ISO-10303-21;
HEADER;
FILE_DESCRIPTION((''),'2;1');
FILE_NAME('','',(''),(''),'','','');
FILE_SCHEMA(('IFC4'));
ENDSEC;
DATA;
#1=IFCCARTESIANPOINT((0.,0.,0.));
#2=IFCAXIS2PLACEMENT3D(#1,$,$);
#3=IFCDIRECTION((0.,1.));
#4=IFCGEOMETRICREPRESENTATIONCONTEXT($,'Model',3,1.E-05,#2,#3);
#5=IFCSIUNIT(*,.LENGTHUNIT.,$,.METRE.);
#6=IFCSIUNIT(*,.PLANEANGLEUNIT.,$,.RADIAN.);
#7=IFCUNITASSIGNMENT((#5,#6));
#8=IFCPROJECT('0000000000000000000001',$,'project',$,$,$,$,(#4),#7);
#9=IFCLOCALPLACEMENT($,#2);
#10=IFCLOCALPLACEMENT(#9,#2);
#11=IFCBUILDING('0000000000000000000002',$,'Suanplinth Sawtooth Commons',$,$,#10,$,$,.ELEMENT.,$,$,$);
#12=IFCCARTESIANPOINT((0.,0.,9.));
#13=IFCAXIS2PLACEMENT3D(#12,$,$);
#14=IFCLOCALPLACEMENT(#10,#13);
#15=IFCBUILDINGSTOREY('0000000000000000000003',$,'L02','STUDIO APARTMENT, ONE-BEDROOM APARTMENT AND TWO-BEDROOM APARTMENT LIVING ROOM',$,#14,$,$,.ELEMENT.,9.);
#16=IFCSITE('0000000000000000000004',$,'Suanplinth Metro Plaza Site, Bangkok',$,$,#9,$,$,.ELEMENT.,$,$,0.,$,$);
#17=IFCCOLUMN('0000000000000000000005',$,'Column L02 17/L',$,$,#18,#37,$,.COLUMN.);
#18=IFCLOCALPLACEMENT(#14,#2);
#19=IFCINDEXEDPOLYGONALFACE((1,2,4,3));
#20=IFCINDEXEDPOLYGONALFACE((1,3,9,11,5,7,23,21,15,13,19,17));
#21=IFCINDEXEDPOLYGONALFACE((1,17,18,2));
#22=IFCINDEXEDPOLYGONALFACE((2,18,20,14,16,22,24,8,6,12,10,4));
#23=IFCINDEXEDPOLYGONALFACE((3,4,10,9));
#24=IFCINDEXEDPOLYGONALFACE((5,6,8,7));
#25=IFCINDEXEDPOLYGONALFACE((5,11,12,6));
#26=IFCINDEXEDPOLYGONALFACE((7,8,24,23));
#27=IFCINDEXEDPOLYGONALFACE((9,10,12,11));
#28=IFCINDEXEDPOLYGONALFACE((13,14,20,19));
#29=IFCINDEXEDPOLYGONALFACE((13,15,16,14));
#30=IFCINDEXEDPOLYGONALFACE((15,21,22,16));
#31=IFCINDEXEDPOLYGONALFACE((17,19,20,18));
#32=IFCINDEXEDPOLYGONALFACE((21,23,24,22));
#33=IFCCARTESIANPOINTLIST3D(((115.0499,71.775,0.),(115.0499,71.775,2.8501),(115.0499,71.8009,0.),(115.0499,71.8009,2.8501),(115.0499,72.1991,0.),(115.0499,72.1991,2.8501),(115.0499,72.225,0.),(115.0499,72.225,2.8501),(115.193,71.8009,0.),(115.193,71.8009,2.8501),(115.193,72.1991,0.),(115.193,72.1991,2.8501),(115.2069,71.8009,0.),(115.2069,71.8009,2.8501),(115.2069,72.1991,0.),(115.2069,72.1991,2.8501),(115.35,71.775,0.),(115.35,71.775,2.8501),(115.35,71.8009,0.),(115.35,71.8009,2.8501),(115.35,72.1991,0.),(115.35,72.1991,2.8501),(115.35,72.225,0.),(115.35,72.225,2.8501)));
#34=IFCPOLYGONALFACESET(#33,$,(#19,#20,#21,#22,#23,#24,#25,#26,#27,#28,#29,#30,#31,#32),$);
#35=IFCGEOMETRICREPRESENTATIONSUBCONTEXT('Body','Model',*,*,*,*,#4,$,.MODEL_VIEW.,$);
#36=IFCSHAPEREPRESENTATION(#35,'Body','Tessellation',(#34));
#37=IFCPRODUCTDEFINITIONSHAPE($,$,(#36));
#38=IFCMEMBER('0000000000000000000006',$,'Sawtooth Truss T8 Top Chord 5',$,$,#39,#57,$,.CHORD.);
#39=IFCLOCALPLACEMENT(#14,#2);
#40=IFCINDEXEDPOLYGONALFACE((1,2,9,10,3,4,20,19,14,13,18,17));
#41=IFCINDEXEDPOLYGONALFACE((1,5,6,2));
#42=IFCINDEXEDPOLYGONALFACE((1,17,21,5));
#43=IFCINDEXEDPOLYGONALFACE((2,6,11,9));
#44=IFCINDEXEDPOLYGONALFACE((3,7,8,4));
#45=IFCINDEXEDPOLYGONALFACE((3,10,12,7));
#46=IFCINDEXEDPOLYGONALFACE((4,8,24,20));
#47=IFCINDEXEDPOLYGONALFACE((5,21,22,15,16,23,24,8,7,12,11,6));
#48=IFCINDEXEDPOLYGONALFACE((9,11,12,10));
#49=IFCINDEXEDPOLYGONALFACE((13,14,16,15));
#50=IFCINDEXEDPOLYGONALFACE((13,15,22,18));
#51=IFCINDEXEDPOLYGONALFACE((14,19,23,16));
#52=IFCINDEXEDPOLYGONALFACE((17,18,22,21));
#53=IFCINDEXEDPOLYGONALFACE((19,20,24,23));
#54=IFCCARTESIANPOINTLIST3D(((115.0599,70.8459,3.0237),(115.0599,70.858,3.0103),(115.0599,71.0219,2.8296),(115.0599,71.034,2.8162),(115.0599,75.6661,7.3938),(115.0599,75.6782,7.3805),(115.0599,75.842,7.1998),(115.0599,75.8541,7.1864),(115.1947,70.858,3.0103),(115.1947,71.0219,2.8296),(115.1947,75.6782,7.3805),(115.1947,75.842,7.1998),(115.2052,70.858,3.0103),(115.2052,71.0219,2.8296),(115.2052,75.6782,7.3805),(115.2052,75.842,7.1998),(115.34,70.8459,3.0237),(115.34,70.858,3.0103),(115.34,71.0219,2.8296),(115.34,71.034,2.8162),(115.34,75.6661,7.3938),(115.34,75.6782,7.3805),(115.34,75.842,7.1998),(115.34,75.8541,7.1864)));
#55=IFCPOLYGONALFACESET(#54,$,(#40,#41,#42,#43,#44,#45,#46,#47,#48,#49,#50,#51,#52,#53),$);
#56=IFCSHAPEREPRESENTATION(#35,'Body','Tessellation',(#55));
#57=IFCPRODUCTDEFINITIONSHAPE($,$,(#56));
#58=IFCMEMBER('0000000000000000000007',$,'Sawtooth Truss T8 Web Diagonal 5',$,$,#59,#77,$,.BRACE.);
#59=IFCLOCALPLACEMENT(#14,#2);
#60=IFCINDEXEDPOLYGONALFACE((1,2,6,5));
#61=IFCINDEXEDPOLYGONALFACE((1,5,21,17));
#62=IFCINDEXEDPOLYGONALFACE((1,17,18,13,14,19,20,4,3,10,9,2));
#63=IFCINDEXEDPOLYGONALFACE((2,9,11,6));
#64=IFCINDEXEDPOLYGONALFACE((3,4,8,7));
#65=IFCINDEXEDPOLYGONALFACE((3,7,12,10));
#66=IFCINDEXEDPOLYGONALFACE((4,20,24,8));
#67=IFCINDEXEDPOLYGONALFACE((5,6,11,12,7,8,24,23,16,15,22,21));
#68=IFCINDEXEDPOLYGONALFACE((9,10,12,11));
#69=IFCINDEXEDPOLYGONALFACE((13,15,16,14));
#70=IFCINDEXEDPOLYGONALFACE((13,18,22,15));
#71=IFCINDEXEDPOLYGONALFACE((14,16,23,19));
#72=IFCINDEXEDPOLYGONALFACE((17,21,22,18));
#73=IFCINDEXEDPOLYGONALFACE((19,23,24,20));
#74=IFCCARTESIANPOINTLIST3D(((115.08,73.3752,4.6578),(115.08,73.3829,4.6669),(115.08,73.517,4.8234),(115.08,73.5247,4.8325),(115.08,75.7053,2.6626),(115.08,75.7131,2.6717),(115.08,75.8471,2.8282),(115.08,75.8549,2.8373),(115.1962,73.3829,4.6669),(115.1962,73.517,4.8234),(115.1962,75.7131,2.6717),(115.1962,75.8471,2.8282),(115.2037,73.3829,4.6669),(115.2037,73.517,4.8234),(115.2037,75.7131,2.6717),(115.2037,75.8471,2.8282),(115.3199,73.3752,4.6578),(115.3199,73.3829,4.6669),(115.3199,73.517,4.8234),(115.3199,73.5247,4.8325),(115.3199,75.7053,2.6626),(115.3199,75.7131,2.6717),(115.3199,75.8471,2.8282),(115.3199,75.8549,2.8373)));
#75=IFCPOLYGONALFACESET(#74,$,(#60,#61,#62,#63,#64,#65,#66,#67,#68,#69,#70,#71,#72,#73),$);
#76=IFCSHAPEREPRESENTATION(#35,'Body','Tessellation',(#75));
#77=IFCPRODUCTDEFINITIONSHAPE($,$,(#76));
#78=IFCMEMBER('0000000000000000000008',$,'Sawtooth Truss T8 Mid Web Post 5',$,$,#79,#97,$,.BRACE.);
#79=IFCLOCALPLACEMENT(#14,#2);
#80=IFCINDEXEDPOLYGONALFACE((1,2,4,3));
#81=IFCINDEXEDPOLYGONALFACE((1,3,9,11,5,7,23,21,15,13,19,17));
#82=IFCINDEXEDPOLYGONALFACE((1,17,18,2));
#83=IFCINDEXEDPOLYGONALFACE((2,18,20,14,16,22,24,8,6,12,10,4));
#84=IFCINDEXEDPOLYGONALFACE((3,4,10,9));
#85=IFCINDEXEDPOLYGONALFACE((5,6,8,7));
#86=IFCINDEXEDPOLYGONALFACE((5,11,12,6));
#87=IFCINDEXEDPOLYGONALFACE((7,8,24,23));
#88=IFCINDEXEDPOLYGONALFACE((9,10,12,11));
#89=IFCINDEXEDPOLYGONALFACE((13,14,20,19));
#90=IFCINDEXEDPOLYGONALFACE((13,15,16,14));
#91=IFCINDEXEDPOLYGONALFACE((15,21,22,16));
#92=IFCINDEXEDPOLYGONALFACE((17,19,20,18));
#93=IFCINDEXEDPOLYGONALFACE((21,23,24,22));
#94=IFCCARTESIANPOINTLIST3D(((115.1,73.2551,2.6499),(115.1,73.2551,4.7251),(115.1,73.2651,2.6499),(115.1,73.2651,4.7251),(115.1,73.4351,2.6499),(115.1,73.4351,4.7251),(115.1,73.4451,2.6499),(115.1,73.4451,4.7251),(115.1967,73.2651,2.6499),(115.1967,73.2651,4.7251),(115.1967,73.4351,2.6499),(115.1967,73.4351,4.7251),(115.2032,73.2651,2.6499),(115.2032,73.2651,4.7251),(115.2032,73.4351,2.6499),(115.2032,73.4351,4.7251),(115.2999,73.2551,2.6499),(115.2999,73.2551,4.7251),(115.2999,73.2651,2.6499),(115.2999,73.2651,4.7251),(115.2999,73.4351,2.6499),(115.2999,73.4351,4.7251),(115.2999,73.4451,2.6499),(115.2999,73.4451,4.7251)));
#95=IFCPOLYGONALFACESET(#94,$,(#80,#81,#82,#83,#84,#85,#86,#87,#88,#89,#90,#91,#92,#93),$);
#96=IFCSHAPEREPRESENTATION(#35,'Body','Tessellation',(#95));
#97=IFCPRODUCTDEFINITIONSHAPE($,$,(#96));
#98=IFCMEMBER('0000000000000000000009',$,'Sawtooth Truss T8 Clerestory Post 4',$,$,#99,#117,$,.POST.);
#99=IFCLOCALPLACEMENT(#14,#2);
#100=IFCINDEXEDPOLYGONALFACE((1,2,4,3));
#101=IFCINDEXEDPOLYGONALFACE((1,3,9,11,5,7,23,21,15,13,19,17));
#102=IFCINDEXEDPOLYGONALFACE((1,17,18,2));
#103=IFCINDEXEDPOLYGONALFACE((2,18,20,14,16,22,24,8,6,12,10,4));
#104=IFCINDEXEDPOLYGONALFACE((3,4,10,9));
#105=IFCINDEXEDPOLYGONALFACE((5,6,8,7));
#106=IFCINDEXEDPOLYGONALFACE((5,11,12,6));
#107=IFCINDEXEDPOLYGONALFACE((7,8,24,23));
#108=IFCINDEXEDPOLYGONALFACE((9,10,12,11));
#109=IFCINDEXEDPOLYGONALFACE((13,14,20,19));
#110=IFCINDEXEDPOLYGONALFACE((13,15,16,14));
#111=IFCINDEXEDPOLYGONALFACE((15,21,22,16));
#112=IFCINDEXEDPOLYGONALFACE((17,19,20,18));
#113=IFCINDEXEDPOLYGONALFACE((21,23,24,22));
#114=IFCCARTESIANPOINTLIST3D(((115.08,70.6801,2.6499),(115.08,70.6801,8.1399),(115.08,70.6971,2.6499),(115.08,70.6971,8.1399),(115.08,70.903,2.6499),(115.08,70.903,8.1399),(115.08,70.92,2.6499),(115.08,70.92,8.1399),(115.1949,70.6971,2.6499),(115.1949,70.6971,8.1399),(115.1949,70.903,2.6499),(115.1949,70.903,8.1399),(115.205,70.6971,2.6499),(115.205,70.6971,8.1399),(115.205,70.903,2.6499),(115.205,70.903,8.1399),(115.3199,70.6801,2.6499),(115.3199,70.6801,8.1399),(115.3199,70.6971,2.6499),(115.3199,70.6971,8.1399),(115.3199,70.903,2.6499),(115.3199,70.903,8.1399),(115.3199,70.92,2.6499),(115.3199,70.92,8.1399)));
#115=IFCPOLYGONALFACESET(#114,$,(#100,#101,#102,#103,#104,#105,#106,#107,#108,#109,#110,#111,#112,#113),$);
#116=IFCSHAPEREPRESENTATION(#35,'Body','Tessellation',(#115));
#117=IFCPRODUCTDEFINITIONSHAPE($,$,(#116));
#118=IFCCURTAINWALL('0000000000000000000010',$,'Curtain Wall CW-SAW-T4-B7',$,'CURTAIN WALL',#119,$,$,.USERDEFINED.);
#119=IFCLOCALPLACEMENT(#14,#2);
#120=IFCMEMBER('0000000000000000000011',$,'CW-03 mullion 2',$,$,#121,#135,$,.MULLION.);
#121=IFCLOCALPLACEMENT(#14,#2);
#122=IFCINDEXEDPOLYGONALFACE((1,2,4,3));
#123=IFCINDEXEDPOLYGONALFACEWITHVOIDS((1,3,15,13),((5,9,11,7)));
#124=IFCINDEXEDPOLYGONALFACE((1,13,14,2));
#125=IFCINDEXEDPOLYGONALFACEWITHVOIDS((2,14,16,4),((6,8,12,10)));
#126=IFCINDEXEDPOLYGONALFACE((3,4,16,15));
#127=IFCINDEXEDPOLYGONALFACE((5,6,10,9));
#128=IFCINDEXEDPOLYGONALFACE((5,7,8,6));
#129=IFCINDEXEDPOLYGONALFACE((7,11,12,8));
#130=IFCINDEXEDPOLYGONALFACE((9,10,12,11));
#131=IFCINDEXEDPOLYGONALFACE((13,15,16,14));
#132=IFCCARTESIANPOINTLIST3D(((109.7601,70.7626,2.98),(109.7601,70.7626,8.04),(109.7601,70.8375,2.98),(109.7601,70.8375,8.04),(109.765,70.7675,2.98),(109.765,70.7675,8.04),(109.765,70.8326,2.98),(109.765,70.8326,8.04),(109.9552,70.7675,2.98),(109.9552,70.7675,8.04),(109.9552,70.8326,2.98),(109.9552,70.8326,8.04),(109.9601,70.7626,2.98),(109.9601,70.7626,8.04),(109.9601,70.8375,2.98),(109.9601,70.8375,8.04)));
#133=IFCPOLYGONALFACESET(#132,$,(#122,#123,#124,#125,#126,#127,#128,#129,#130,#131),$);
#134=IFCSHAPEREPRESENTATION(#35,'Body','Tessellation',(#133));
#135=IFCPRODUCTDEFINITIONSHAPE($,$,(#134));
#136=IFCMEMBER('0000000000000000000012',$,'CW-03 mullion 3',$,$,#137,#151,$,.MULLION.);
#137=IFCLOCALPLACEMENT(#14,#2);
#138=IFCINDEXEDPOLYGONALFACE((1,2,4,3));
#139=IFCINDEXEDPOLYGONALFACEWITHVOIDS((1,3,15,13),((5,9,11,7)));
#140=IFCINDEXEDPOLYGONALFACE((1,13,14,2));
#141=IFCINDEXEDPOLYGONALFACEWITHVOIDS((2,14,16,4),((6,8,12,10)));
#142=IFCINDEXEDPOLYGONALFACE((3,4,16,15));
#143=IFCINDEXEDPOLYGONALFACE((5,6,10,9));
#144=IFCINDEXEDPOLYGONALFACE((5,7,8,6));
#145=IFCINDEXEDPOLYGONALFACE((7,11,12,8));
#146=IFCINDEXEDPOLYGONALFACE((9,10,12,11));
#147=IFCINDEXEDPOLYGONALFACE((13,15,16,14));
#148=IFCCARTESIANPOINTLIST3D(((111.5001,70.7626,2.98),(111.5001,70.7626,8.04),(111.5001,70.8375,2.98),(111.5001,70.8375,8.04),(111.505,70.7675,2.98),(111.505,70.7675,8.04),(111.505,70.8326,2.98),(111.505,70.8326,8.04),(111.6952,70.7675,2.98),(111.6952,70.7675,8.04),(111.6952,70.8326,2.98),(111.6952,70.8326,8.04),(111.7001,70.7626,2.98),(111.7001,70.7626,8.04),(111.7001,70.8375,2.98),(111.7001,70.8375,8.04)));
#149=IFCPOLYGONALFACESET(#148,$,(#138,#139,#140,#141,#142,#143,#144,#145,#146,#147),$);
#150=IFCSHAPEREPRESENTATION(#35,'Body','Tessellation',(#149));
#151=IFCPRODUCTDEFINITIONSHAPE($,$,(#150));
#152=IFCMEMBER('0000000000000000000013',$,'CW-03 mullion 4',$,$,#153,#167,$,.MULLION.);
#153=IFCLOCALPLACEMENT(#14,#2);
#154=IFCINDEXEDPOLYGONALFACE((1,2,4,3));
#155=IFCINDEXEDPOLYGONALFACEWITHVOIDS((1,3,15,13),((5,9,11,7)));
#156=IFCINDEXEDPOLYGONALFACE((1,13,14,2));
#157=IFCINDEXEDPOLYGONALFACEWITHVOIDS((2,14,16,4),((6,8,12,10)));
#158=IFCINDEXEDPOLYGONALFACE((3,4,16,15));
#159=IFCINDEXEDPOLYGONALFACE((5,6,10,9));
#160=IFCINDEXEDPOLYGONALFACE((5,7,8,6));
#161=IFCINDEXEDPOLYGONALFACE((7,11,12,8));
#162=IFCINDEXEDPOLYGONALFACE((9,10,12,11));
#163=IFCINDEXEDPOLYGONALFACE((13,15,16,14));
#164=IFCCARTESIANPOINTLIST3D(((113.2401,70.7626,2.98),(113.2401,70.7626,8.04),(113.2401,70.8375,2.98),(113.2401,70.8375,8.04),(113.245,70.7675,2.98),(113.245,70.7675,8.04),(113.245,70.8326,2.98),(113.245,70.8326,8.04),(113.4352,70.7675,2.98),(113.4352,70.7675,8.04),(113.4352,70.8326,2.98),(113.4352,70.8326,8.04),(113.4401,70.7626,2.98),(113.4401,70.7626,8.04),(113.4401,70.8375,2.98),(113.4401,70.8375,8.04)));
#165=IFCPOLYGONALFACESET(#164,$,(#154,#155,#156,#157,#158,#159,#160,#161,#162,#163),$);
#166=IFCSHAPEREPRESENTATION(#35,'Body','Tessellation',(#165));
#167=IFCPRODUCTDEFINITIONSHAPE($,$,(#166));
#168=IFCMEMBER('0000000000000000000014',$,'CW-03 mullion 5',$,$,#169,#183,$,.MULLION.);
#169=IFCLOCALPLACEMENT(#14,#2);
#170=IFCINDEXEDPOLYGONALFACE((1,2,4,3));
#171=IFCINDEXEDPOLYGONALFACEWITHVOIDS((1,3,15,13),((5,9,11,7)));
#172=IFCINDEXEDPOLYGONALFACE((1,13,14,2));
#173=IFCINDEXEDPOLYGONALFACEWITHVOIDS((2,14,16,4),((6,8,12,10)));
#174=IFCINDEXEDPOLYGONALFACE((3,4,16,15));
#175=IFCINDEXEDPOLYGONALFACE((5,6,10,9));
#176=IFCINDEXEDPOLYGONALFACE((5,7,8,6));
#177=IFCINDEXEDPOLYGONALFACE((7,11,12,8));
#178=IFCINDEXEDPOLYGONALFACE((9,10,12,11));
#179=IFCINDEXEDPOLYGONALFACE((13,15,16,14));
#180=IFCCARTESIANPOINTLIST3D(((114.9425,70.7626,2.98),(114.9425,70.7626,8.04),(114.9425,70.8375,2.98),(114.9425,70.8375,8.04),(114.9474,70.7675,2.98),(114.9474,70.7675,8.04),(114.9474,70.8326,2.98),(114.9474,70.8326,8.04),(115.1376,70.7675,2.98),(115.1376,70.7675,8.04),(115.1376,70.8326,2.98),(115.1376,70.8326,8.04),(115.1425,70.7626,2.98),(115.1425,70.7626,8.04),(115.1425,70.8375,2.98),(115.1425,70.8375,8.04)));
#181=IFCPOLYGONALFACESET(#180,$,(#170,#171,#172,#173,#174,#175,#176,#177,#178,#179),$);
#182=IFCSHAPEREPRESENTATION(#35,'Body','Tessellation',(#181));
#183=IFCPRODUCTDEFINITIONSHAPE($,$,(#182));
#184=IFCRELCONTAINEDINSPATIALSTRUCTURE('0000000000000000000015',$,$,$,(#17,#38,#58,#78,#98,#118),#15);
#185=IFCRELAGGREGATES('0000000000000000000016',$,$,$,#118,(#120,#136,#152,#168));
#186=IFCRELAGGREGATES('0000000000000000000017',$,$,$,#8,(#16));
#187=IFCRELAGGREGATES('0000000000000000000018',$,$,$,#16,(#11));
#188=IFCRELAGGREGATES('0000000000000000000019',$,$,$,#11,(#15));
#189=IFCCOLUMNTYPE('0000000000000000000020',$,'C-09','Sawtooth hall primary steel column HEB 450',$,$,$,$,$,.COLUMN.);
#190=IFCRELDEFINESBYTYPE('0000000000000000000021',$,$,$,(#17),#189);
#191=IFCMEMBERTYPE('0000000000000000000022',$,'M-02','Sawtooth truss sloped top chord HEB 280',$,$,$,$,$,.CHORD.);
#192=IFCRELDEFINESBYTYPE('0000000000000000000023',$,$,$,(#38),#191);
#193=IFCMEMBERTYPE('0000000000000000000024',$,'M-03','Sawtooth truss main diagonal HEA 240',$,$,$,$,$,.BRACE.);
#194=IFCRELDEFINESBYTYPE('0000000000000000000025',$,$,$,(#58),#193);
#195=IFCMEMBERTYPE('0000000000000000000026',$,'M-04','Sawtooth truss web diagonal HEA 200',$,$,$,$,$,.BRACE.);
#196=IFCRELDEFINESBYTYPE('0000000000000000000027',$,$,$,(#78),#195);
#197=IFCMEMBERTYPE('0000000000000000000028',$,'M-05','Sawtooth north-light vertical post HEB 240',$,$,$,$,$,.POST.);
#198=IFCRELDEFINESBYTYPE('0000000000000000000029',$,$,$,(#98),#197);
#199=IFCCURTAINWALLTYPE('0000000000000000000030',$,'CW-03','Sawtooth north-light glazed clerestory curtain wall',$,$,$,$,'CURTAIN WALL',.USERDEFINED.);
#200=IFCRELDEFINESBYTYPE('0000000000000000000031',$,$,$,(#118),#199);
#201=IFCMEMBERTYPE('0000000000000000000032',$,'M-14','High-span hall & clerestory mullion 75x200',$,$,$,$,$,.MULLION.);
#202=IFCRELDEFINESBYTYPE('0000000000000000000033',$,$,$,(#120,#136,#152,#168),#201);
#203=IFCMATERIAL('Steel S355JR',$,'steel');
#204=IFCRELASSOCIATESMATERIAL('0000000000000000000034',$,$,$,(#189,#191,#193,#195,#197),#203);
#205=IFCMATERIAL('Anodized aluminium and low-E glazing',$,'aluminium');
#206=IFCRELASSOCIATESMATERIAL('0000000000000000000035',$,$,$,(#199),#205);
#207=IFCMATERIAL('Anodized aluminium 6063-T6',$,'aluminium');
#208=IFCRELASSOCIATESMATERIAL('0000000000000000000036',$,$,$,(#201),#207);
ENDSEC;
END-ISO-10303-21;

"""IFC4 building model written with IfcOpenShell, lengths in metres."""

from ifc_helpers import new_model, si_unit, direction, frame, origin, origin_2d, place, context, subcontext, project, spatial, hollow_rectangle, i_section, extrude, material, material_profile, profile_set, type_object, element, aggregate, save


model = new_model("IFC4")

# Units and contexts
model_context = context("Model", 3, precision=1e-05, world=origin(), true_north=direction((0.0, 1.0)))
body_context = subcontext(model_context, "Body", "Model", "MODEL_VIEW")
ifc_project = project(units=[si_unit("LENGTHUNIT", "METRE"), si_unit("PLANEANGLEUNIT", "RADIAN")], contexts=[model_context])

# Site, building, storey
site_placement = place(None, origin())
site = spatial("IfcSite", under=ifc_project, at=site_placement, Name="Suanplinth Metro Plaza Site, Bangkok", CompositionType="ELEMENT", RefElevation=0.0)
building_placement = place(site_placement, origin())
building = spatial("IfcBuilding", under=site, at=building_placement, Name="Suanplinth Sawtooth Commons", CompositionType="ELEMENT")
storey_placement = place(building_placement, frame((0.0, 0.0, 9.0)))
storey = spatial("IfcBuildingStorey", under=building, at=storey_placement, Name="L02", Description="STUDIO APARTMENT, ONE-BEDROOM APARTMENT AND TWO-BEDROOM APARTMENT LIVING ROOM", CompositionType="ELEMENT", Elevation=9.0)

# Column
ifc_material_1 = material(Name="Steel S355JR", Category="steel")
ifc_material_profile_1 = material_profile(ifc_material_1, i_section(OverallWidth=0.3, OverallDepth=0.45, WebThickness=0.0139, FlangeThickness=0.0259, at=origin_2d()), Name="HEB 450")
ifc_profile_set_1 = profile_set([ifc_material_profile_1], Name="Steel S355JR")
column_type = type_object("IfcColumnType", Name="C-09", Description="Sawtooth hall primary steel column HEB 450", PredefinedType="COLUMN", material=ifc_profile_set_1)
column_placement = place(storey_placement, frame((115.2, 72.0, 0.0), z_axis=(0.0, 0.0, 1.0), x_axis=(1.0, 0.0, 0.0)))
element("IfcColumn", 1, at=column_placement, inside=storey, type_object=column_type, Name="Column L02 17/L", PredefinedType="COLUMN", context=body_context, shape_type="SweptSolid", body=[
    extrude(i_section(OverallWidth=0.3, OverallDepth=0.45, WebThickness=0.0139, FlangeThickness=0.0259, at=origin_2d()), origin(), (0.0, 0.0, 1.0), 2.8501),
])

# Members
ifc_material_profile_2 = material_profile(ifc_material_1, i_section(OverallWidth=0.28, OverallDepth=0.28, WebThickness=0.0105, FlangeThickness=0.0181, at=origin_2d()), Name="HEB 280")
ifc_profile_set_2 = profile_set([ifc_material_profile_2], Name="Steel S355JR")
member_type_1 = type_object("IfcMemberType", Name="M-02", Description="Sawtooth truss sloped top chord HEB 280", PredefinedType="CHORD", material=ifc_profile_set_2)
member_1_placement = place(storey_placement, frame((115.2, 70.9399, 2.9199), z_axis=(0.0, 0.740839, 0.671682), x_axis=(-1.0, 0.0, 0.0)))
element("IfcMember", 2, at=member_1_placement, inside=storey, type_object=member_type_1, Name="Sawtooth Truss T8 Top Chord 5", PredefinedType="CHORD", context=body_context, shape_type="SweptSolid", body=[
    extrude(i_section(OverallWidth=0.28, OverallDepth=0.28, WebThickness=0.0105, FlangeThickness=0.0181, at=origin_2d()), origin(), (0.0, 0.0, 1.0), 6.5063),
])
ifc_material_profile_3 = material_profile(ifc_material_1, i_section(OverallWidth=0.24, OverallDepth=0.23, WebThickness=0.0076, FlangeThickness=0.012, at=origin_2d()), Name="HEA 240")
ifc_profile_set_3 = profile_set([ifc_material_profile_3], Name="Steel S355JR")
member_type_2 = type_object("IfcMemberType", Name="M-03", Description="Sawtooth truss main diagonal HEA 240", PredefinedType="BRACE", material=ifc_profile_set_3)
member_2_placement = place(storey_placement, frame((115.2, 73.45, 4.7451), z_axis=(0.0, 0.759594, -0.650398), x_axis=(-1.0, 0.0, 0.0)))
element("IfcMember", 3, at=member_2_placement, inside=storey, type_object=member_type_2, Name="Sawtooth Truss T8 Web Diagonal 5", PredefinedType="BRACE", context=body_context, shape_type="SweptSolid", body=[
    extrude(i_section(OverallWidth=0.24, OverallDepth=0.23, WebThickness=0.0076, FlangeThickness=0.012, at=origin_2d()), origin(), (0.0, 0.0, 1.0), 3.0676),
])
ifc_material_profile_4 = material_profile(ifc_material_1, i_section(OverallWidth=0.2, OverallDepth=0.1899, WebThickness=0.0066, FlangeThickness=0.01, at=origin_2d()), Name="HEA 200")
ifc_profile_set_4 = profile_set([ifc_material_profile_4], Name="Steel S355JR")
member_type_3 = type_object("IfcMemberType", Name="M-04", Description="Sawtooth truss web diagonal HEA 200", PredefinedType="BRACE", material=ifc_profile_set_4)
member_3_placement = place(storey_placement, frame((115.2, 73.3501, 2.6499), z_axis=(0.0, 0.0, 1.0), x_axis=(1.0, 0.0, 0.0)))
element("IfcMember", 4, at=member_3_placement, inside=storey, type_object=member_type_3, Name="Sawtooth Truss T8 Mid Web Post 5", PredefinedType="BRACE", context=body_context, shape_type="SweptSolid", body=[
    extrude(i_section(OverallWidth=0.2, OverallDepth=0.1899, WebThickness=0.0066, FlangeThickness=0.01, at=origin_2d()), origin(), (0.0, 0.0, 1.0), 2.0752),
])
ifc_material_profile_5 = material_profile(ifc_material_1, i_section(OverallWidth=0.24, OverallDepth=0.24, WebThickness=0.01, FlangeThickness=0.0171, at=origin_2d()), Name="HEB 240")
ifc_profile_set_5 = profile_set([ifc_material_profile_5], Name="Steel S355JR")
member_type_4 = type_object("IfcMemberType", Name="M-05", Description="Sawtooth north-light vertical post HEB 240", PredefinedType="POST", material=ifc_profile_set_5)
member_4_placement = place(storey_placement, frame((115.2, 70.8, 2.6499), z_axis=(0.0, 0.0, 1.0), x_axis=(1.0, 0.0, 0.0)))
element("IfcMember", 5, at=member_4_placement, inside=storey, type_object=member_type_4, Name="Sawtooth Truss T8 Clerestory Post 4", PredefinedType="POST", context=body_context, shape_type="SweptSolid", body=[
    extrude(i_section(OverallWidth=0.24, OverallDepth=0.24, WebThickness=0.01, FlangeThickness=0.0171, at=origin_2d()), origin(), (0.0, 0.0, 1.0), 5.49),
])

# Curtain wall, members
ifc_material_2 = material(Name="Anodized aluminium and low-E glazing", Category="aluminium")
curtain_wall_type = type_object("IfcCurtainWallType", Name="CW-03", Description="Sawtooth north-light glazed clerestory curtain wall", ElementType="CURTAIN WALL", PredefinedType="USERDEFINED", material=ifc_material_2)
curtain_wall_placement = place(storey_placement, origin())
curtain_wall = element("IfcCurtainWall", 6, at=curtain_wall_placement, inside=storey, type_object=curtain_wall_type, Name="Curtain Wall CW-SAW-T4-B7", ObjectType="CURTAIN WALL", PredefinedType="USERDEFINED")
ifc_material_3 = material(Name="Anodized aluminium 6063-T6", Category="aluminium")
ifc_material_profile_6 = material_profile(ifc_material_3, hollow_rectangle(XDim=0.075, YDim=0.2, WallThickness=0.0049, at=origin_2d()), Name="ALU-MUL 75x200")
ifc_profile_set_6 = profile_set([ifc_material_profile_6], Name="Anodized aluminium 6063-T6")
member_type_5 = type_object("IfcMemberType", Name="M-14", Description="High-span hall & clerestory mullion 75x200", PredefinedType="MULLION", material=ifc_profile_set_6)
member_5_placement = place(storey_placement, frame((109.8601, 70.8, 2.98), z_axis=(0.0, 0.0, 1.0), x_axis=(0.0, 1.0, 0.0)))
member_5 = element("IfcMember", 7, at=member_5_placement, type_object=member_type_5, Name="CW-03 mullion 2", PredefinedType="MULLION", context=body_context, shape_type="SweptSolid", body=[
    extrude(hollow_rectangle(XDim=0.075, YDim=0.2, WallThickness=0.0049, at=origin_2d()), origin(), (0.0, 0.0, 1.0), 5.0601),
])
member_6_placement = place(storey_placement, frame((111.6001, 70.8, 2.98), z_axis=(0.0, 0.0, 1.0), x_axis=(0.0, 1.0, 0.0)))
member_6 = element("IfcMember", 8, at=member_6_placement, type_object=member_type_5, Name="CW-03 mullion 3", PredefinedType="MULLION", context=body_context, shape_type="SweptSolid", body=[
    extrude(hollow_rectangle(XDim=0.075, YDim=0.2, WallThickness=0.0049, at=origin_2d()), origin(), (0.0, 0.0, 1.0), 5.0601),
])
member_7_placement = place(storey_placement, frame((113.3401, 70.8, 2.98), z_axis=(0.0, 0.0, 1.0), x_axis=(0.0, 1.0, 0.0)))
member_7 = element("IfcMember", 9, at=member_7_placement, type_object=member_type_5, Name="CW-03 mullion 4", PredefinedType="MULLION", context=body_context, shape_type="SweptSolid", body=[
    extrude(hollow_rectangle(XDim=0.075, YDim=0.2, WallThickness=0.0049, at=origin_2d()), origin(), (0.0, 0.0, 1.0), 5.0601),
])
member_8_placement = place(storey_placement, frame((115.0425, 70.8, 2.98), z_axis=(0.0, 0.0, 1.0), x_axis=(0.0, 1.0, 0.0)))
member_8 = element("IfcMember", 10, at=member_8_placement, type_object=member_type_5, Name="CW-03 mullion 5", PredefinedType="MULLION", context=body_context, shape_type="SweptSolid", body=[
    extrude(hollow_rectangle(XDim=0.075, YDim=0.2, WallThickness=0.0049, at=origin_2d()), origin(), (0.0, 0.0, 1.0), 5.0601),
])

aggregate(curtain_wall, [member_5, member_6, member_7, member_8])

save(model, "model.ifc")
